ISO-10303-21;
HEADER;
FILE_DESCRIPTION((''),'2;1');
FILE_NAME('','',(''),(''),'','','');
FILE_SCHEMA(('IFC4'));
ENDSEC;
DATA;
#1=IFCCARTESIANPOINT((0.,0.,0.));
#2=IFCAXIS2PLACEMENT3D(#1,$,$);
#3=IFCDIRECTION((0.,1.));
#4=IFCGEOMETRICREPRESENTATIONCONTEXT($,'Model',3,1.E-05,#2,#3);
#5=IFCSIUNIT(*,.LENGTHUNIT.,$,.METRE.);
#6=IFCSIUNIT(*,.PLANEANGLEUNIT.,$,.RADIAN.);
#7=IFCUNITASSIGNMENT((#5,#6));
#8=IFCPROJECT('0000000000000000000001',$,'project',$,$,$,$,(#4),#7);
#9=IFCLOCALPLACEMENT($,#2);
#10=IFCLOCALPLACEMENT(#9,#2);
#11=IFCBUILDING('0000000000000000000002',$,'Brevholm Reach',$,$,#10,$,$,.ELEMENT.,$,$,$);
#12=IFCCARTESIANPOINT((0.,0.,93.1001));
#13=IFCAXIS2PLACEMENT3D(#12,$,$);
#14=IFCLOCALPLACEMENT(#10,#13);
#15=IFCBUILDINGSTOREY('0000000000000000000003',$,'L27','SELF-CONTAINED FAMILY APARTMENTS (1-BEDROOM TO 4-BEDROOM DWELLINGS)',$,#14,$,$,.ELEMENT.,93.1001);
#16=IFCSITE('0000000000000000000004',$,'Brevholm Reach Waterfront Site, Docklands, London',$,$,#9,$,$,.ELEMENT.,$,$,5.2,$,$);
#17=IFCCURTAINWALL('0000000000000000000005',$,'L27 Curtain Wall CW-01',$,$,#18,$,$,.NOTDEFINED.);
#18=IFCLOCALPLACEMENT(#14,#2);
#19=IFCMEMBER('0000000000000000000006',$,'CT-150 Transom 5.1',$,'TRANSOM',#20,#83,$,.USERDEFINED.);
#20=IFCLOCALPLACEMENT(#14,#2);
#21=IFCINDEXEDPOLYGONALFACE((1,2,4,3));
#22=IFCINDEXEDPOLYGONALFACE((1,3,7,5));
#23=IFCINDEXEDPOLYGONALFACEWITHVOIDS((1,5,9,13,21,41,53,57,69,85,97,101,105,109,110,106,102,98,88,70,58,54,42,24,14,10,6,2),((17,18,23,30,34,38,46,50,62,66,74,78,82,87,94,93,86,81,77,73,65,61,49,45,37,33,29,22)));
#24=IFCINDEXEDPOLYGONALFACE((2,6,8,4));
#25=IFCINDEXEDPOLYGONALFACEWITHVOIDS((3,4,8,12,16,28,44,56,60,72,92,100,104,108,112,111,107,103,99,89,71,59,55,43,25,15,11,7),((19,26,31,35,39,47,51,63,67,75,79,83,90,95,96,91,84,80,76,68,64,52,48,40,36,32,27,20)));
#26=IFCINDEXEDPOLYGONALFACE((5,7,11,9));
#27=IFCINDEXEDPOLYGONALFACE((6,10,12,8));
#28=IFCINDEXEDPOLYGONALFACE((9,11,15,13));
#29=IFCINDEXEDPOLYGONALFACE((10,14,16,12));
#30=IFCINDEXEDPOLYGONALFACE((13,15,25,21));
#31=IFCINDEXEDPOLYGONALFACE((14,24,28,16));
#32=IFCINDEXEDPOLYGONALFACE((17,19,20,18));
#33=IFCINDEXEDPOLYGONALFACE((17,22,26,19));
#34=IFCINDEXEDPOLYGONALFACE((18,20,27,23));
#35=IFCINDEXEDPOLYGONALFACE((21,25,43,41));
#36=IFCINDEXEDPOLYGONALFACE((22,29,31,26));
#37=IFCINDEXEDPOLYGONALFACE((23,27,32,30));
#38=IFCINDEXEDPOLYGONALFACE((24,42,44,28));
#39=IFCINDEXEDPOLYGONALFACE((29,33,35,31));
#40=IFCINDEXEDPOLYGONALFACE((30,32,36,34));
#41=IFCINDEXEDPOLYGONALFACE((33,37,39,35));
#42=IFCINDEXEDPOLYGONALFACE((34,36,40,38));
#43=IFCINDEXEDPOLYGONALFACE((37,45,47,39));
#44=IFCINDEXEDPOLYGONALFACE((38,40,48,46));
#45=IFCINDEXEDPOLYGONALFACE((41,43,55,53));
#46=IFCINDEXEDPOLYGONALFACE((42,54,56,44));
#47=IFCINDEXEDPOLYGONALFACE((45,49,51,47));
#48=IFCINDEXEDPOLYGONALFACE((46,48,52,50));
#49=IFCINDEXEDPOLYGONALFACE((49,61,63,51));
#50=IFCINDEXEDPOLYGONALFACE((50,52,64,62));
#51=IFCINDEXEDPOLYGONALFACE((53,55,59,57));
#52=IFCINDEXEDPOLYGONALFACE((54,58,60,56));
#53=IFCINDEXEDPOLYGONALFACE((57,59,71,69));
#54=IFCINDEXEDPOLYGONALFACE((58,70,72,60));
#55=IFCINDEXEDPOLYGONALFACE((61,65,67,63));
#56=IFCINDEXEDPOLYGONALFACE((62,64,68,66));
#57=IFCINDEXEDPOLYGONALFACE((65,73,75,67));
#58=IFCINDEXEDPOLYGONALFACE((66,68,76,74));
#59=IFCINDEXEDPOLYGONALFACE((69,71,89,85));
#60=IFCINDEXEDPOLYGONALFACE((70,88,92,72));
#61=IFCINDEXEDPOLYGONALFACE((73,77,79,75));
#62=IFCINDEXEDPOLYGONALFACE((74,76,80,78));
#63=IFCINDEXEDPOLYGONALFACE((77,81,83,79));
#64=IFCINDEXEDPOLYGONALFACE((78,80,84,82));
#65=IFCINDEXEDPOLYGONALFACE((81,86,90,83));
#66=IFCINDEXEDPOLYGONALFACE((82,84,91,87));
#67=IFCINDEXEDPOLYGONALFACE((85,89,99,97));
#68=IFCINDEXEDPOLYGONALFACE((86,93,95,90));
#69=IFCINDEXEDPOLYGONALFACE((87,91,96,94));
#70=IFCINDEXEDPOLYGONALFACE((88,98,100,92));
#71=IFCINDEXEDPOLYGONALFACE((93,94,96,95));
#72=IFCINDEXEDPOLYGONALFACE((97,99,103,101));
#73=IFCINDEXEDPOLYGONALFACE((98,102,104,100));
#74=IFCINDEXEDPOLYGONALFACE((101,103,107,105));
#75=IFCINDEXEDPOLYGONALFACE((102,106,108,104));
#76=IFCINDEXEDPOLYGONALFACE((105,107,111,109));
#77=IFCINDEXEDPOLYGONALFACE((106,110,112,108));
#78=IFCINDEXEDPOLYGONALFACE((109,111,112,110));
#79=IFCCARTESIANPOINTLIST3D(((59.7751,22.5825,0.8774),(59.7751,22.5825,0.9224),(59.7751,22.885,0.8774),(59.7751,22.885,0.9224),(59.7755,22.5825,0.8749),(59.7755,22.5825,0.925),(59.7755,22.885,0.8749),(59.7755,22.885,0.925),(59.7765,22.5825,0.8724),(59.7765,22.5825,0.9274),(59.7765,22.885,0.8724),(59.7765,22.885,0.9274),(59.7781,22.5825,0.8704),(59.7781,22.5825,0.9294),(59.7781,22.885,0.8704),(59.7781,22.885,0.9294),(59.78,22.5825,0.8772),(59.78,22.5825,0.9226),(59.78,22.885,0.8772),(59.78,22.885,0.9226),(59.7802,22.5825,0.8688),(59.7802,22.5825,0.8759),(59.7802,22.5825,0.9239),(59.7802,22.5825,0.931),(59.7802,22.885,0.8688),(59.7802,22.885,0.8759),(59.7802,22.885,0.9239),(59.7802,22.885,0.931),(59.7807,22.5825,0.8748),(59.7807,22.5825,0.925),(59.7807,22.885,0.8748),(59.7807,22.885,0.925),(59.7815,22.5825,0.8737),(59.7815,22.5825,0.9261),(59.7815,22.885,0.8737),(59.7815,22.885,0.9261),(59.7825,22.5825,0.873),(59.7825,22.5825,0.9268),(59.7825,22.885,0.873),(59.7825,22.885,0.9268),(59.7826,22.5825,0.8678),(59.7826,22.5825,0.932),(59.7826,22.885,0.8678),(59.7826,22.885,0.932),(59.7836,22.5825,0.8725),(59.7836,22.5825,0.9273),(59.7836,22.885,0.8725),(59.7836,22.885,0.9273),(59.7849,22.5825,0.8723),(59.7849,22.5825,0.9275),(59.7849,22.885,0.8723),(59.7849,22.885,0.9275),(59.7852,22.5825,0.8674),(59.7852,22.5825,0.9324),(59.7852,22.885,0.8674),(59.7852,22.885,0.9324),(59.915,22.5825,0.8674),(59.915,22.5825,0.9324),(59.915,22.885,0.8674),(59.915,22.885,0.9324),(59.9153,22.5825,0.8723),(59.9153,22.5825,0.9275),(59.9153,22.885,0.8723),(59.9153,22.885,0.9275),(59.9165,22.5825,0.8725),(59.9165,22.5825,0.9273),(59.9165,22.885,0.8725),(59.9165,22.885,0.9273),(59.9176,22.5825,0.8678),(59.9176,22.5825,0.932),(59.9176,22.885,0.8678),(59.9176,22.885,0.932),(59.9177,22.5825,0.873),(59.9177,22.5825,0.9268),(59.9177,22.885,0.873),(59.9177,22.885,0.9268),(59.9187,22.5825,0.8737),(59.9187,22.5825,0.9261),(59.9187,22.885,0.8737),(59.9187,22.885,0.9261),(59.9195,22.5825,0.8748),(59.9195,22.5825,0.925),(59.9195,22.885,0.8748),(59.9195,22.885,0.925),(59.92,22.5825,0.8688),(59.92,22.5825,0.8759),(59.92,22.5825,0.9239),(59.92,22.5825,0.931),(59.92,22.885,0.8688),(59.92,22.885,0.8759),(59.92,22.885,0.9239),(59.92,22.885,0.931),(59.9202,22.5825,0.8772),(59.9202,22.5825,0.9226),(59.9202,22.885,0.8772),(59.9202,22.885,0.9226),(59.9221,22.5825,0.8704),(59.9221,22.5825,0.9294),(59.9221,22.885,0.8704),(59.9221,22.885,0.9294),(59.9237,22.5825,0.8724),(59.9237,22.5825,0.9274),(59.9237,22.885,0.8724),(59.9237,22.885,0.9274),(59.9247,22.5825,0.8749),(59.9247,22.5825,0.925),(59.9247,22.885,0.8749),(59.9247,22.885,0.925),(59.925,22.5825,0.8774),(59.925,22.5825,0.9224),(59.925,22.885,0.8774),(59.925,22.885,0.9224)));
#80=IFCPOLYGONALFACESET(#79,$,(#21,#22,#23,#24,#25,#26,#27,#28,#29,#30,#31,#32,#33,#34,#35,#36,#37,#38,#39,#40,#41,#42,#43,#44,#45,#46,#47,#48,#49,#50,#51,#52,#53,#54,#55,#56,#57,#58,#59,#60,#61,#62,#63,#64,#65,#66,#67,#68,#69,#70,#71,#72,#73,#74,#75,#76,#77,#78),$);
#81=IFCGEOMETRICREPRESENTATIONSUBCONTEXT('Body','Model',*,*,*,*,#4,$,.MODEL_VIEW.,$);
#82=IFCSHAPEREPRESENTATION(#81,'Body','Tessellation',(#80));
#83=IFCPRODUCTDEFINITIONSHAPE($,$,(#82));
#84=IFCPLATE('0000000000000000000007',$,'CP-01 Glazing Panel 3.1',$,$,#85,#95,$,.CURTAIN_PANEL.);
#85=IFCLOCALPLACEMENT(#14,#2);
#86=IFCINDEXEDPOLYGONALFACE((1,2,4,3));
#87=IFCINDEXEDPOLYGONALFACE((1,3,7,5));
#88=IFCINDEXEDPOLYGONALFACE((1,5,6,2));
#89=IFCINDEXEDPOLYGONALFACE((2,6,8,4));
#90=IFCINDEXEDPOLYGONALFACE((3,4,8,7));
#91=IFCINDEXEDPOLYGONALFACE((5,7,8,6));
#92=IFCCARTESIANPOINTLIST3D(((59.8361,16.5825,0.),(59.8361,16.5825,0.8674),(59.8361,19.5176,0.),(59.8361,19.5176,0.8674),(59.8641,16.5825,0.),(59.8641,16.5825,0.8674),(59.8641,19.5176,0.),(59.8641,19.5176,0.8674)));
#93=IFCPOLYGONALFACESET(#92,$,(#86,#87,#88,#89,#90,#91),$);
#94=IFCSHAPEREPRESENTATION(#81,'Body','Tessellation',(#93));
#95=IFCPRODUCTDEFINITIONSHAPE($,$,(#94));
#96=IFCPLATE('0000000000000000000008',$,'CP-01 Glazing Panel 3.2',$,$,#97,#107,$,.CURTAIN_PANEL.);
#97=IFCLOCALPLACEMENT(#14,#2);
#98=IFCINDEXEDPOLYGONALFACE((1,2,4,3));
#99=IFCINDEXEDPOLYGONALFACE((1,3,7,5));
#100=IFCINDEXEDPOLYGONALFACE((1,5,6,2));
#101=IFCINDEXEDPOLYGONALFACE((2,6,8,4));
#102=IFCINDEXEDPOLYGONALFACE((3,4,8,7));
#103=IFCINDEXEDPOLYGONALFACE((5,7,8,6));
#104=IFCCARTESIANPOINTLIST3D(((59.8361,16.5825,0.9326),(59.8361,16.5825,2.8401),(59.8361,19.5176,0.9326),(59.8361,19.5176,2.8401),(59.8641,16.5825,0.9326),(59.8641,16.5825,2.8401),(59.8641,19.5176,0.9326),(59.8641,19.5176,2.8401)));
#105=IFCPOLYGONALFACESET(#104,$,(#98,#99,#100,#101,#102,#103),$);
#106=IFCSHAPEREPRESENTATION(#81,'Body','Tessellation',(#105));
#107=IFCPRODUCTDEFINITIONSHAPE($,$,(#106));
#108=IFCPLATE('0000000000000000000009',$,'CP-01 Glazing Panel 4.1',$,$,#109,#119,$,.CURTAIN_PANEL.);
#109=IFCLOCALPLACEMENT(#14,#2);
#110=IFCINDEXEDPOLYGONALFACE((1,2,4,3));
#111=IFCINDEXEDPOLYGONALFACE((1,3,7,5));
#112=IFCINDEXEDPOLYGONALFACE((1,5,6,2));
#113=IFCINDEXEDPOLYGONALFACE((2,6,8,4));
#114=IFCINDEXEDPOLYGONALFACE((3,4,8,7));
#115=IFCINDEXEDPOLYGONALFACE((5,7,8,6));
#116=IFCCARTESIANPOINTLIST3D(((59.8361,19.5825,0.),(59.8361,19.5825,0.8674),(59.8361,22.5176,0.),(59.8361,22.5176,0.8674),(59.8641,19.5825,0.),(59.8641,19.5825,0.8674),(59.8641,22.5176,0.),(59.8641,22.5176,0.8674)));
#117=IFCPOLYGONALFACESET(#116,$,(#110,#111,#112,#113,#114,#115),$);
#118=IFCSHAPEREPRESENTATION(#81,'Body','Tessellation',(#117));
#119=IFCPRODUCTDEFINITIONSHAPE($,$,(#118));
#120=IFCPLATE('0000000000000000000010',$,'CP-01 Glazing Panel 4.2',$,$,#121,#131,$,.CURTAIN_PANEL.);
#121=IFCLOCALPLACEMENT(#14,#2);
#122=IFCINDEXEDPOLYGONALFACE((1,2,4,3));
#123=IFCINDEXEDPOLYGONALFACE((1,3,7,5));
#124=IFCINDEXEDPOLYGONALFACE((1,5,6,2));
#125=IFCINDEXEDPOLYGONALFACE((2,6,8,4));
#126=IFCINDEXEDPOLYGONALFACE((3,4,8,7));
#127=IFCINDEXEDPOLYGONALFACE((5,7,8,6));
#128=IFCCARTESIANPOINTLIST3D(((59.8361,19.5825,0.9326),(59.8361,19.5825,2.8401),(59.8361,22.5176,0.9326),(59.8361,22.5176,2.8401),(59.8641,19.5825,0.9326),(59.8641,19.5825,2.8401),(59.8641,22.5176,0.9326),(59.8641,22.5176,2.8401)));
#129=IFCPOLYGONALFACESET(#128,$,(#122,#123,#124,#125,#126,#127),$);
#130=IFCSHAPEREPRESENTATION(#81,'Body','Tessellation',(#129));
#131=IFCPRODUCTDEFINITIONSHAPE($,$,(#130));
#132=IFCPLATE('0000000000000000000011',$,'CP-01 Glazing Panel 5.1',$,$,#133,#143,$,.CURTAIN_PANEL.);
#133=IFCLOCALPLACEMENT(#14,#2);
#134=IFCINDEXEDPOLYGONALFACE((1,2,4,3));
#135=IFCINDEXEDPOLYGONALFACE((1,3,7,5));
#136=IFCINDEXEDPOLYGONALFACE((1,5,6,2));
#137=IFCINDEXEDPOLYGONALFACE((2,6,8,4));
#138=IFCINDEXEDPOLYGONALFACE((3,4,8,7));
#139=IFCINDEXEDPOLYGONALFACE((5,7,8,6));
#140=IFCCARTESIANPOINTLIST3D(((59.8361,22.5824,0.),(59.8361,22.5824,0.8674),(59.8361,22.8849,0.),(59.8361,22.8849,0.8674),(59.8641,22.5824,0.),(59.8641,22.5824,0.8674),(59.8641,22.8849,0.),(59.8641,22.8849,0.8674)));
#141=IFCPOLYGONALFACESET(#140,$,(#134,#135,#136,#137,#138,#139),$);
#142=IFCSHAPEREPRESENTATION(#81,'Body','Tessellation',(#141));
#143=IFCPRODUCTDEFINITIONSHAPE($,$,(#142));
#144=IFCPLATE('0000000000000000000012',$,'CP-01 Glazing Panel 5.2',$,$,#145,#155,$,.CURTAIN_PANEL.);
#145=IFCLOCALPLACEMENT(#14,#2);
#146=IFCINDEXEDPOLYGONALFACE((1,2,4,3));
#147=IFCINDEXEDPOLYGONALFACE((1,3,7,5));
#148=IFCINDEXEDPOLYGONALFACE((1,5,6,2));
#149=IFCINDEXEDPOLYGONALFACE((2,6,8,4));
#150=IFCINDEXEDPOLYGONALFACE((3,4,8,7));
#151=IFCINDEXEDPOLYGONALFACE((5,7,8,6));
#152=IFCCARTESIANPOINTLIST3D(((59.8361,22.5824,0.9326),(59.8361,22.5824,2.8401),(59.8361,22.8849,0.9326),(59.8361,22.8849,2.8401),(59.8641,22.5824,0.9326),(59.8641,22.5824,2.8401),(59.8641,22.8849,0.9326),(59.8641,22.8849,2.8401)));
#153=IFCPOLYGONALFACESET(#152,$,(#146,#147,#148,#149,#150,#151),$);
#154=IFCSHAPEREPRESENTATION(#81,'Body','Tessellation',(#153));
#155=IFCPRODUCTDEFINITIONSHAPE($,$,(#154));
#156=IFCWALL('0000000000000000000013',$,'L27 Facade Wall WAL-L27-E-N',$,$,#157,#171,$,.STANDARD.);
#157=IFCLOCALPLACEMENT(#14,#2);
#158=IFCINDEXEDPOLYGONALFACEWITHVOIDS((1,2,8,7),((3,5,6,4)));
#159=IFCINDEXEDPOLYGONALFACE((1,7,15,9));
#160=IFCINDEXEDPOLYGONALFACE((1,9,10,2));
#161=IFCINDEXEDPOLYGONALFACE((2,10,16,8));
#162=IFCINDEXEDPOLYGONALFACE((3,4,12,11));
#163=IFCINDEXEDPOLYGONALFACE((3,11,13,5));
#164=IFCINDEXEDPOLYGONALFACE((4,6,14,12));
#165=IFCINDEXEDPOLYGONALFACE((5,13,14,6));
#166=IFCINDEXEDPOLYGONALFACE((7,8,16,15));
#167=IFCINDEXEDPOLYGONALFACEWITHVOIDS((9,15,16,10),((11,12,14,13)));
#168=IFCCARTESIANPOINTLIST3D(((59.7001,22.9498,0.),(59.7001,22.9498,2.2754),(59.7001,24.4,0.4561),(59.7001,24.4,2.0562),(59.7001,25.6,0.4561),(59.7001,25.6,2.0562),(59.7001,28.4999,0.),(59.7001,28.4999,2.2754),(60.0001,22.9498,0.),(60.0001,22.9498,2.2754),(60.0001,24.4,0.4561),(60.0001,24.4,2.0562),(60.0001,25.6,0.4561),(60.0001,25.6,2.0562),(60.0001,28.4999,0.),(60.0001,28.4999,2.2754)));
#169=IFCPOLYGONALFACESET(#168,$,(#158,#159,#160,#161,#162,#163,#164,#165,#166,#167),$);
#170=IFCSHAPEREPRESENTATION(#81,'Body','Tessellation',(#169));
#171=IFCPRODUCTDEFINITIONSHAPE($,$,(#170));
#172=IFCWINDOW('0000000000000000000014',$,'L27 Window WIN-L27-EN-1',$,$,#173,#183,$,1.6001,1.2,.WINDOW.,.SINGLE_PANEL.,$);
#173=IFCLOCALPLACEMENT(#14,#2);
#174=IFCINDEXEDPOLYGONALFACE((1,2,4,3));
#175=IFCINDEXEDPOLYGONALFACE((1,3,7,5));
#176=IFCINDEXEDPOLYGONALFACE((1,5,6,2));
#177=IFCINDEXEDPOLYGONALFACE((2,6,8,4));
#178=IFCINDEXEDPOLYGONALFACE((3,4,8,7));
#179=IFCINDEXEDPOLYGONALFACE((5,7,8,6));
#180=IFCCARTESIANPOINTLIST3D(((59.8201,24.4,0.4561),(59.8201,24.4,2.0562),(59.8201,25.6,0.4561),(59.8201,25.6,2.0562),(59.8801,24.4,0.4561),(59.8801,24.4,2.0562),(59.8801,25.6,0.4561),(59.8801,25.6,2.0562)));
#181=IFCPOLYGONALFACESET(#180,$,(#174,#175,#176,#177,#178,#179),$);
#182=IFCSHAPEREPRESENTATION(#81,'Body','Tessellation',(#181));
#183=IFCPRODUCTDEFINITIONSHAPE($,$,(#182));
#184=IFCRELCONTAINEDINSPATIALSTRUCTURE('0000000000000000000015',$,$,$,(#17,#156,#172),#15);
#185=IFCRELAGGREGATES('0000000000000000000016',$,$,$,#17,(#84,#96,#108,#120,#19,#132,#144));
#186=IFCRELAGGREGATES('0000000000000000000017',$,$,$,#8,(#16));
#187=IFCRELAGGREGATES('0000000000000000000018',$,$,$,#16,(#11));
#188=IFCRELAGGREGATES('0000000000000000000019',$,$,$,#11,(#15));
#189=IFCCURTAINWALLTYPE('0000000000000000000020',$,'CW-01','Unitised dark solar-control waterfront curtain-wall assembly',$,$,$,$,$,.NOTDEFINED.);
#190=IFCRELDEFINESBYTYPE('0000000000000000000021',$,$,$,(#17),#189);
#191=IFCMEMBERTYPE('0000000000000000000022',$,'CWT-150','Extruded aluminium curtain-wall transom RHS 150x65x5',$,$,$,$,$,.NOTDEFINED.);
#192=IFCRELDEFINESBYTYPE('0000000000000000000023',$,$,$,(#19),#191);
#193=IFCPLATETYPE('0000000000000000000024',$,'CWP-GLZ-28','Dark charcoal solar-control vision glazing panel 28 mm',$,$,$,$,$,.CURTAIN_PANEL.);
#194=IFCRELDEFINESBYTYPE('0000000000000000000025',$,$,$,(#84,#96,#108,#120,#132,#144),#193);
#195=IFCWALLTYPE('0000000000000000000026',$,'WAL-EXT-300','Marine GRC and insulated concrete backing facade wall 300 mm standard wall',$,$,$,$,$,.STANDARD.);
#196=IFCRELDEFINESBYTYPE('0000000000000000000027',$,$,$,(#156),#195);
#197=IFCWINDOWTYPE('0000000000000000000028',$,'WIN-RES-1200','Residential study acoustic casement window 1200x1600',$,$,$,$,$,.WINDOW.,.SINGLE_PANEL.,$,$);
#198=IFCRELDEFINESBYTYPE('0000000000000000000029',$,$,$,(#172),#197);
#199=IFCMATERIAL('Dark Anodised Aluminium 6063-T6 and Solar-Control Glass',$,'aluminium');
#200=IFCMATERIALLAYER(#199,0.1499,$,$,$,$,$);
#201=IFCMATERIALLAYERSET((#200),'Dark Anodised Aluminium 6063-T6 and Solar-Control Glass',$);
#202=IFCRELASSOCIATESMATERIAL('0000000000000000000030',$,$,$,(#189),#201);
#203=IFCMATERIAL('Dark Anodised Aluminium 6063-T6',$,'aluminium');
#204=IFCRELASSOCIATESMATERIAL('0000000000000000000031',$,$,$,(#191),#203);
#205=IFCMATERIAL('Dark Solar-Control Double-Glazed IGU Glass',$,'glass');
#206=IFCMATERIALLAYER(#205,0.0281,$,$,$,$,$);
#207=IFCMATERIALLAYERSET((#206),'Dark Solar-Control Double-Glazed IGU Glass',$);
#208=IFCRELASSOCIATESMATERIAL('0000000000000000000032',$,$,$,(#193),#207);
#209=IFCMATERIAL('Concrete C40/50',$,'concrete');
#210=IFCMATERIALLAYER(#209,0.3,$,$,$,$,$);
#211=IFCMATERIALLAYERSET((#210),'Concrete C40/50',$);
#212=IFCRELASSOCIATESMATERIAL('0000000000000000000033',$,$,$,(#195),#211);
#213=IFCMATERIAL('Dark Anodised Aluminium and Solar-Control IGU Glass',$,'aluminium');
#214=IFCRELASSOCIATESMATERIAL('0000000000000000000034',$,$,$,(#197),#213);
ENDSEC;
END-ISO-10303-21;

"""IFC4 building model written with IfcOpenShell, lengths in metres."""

from ifc_helpers import new_model, si_unit, direction, frame, frame_2d, origin, origin_2d, place, context, subcontext, project, spatial, rectangle, hollow_rectangle, extrude, material, layer, layer_set, material_profile, profile_set, type_object, element, fill, aggregate, save


model = new_model("IFC4")

# Units and contexts
model_context = context("Model", 3, precision=1e-05, world=origin(), true_north=direction((0.0, 1.0)))
body_context = subcontext(model_context, "Body", "Model", "MODEL_VIEW")
ifc_project = project(units=[si_unit("LENGTHUNIT", "METRE"), si_unit("PLANEANGLEUNIT", "RADIAN")], contexts=[model_context])

# Site, building, storey
site_placement = place(None, origin())
site = spatial("IfcSite", under=ifc_project, at=site_placement, Name="Brevholm Reach Waterfront Site, Docklands, London", CompositionType="ELEMENT", RefElevation=5.2)
building_placement = place(site_placement, origin())
building = spatial("IfcBuilding", under=site, at=building_placement, Name="Brevholm Reach", CompositionType="ELEMENT")
storey_placement = place(building_placement, frame((0.0, 0.0, 93.1001)))
storey = spatial("IfcBuildingStorey", under=building, at=storey_placement, Name="L27", Description="SELF-CONTAINED FAMILY APARTMENTS (1-BEDROOM TO 4-BEDROOM DWELLINGS)", CompositionType="ELEMENT", Elevation=93.1001)

# Curtain wall, member, plates
ifc_material_1 = material(Name="Dark Anodised Aluminium 6063-T6 and Solar-Control Glass", Category="aluminium")
ifc_layer_1 = layer(ifc_material_1, 0.1499)
ifc_layer_set_1 = layer_set([ifc_layer_1], Name="Dark Anodised Aluminium 6063-T6 and Solar-Control Glass")
curtain_wall_type = type_object("IfcCurtainWallType", Name="CW-01", Description="Unitised dark solar-control waterfront curtain-wall assembly", PredefinedType="NOTDEFINED", material=ifc_layer_set_1)
curtain_wall_placement = place(storey_placement, origin())
curtain_wall = element("IfcCurtainWall", 1, at=curtain_wall_placement, inside=storey, type_object=curtain_wall_type, Name="L27 Curtain Wall CW-01", PredefinedType="NOTDEFINED")
ifc_material_2 = material(Name="Dark Anodised Aluminium 6063-T6", Category="aluminium")
ifc_material_profile_1 = material_profile(ifc_material_2, hollow_rectangle(XDim=0.0649, YDim=0.1499, WallThickness=0.0049, InnerFilletRadius=0.0049, OuterFilletRadius=0.01, at=origin_2d()), Name="RHS 150x65x5")
ifc_profile_set_1 = profile_set([ifc_material_profile_1], Name="Dark Anodised Aluminium 6063-T6")
member_type_1 = type_object("IfcMemberType", Name="CWT-150", Description="Extruded aluminium curtain-wall transom RHS 150x65x5", PredefinedType="NOTDEFINED", material=ifc_profile_set_1)
member_1_placement = place(storey_placement, frame((59.8501, 22.5825, 0.8999), z_axis=(0.0, 1.0, 0.0), x_axis=(0.0, 0.0, 1.0)))
member_1 = element("IfcMember", 2, at=member_1_placement, type_object=member_type_1, Name="CT-150 Transom 5.1", ObjectType="TRANSOM", PredefinedType="USERDEFINED", context=body_context, shape_type="SweptSolid", body=[
    extrude(hollow_rectangle(XDim=0.0649, YDim=0.1499, WallThickness=0.0049, InnerFilletRadius=0.0049, OuterFilletRadius=0.01, at=origin_2d()), origin(), (0.0, 0.0, 1.0), 0.3025),
])
ifc_material_3 = material(Name="Dark Solar-Control Double-Glazed IGU Glass", Category="glass")
ifc_layer_2 = layer(ifc_material_3, 0.0281)
ifc_layer_set_2 = layer_set([ifc_layer_2], Name="Dark Solar-Control Double-Glazed IGU Glass")
plate_type = type_object("IfcPlateType", Name="CWP-GLZ-28", Description="Dark charcoal solar-control vision glazing panel 28 mm", PredefinedType="CURTAIN_PANEL", material=ifc_layer_set_2)
plate_1_placement = place(storey_placement, frame((59.8501, 18.05, 0.0), z_axis=(0.0, 0.0, 1.0), x_axis=(0.0, 1.0, 0.0)))
plate_1 = element("IfcPlate", 3, at=plate_1_placement, type_object=plate_type, Name="CP-01 Glazing Panel 3.1", PredefinedType="CURTAIN_PANEL", context=body_context, shape_type="SweptSolid", body=[
    extrude(rectangle(XDim=2.9351, YDim=0.0281, at=origin_2d()), origin(), (0.0, 0.0, 1.0), 0.8674),
])
plate_2_placement = place(storey_placement, frame((59.8501, 18.05, 0.9326), z_axis=(0.0, 0.0, 1.0), x_axis=(0.0, 1.0, 0.0)))
plate_2 = element("IfcPlate", 4, at=plate_2_placement, type_object=plate_type, Name="CP-01 Glazing Panel 3.2", PredefinedType="CURTAIN_PANEL", context=body_context, shape_type="SweptSolid", body=[
    extrude(rectangle(XDim=2.9351, YDim=0.0281, at=origin_2d()), origin(), (0.0, 0.0, 1.0), 1.9075),
])
plate_3_placement = place(storey_placement, frame((59.8501, 21.05, 0.0), z_axis=(0.0, 0.0, 1.0), x_axis=(0.0, 1.0, 0.0)))
plate_3 = element("IfcPlate", 5, at=plate_3_placement, type_object=plate_type, Name="CP-01 Glazing Panel 4.1", PredefinedType="CURTAIN_PANEL", context=body_context, shape_type="SweptSolid", body=[
    extrude(rectangle(XDim=2.9351, YDim=0.0281, at=origin_2d()), origin(), (0.0, 0.0, 1.0), 0.8674),
])
plate_4_placement = place(storey_placement, frame((59.8501, 21.05, 0.9326), z_axis=(0.0, 0.0, 1.0), x_axis=(0.0, 1.0, 0.0)))
plate_4 = element("IfcPlate", 6, at=plate_4_placement, type_object=plate_type, Name="CP-01 Glazing Panel 4.2", PredefinedType="CURTAIN_PANEL", context=body_context, shape_type="SweptSolid", body=[
    extrude(rectangle(XDim=2.9351, YDim=0.0281, at=origin_2d()), origin(), (0.0, 0.0, 1.0), 1.9075),
])
plate_5_placement = place(storey_placement, frame((59.8501, 22.7336, 0.0), z_axis=(0.0, 0.0, 1.0), x_axis=(0.0, 1.0, 0.0)))
plate_5 = element("IfcPlate", 7, at=plate_5_placement, type_object=plate_type, Name="CP-01 Glazing Panel 5.1", PredefinedType="CURTAIN_PANEL", context=body_context, shape_type="SweptSolid", body=[
    extrude(rectangle(XDim=0.3025, YDim=0.0281, at=origin_2d()), origin(), (0.0, 0.0, 1.0), 0.8674),
])
plate_6_placement = place(storey_placement, frame((59.8501, 22.7336, 0.9326), z_axis=(0.0, 0.0, 1.0), x_axis=(0.0, 1.0, 0.0)))
plate_6 = element("IfcPlate", 8, at=plate_6_placement, type_object=plate_type, Name="CP-01 Glazing Panel 5.2", PredefinedType="CURTAIN_PANEL", context=body_context, shape_type="SweptSolid", body=[
    extrude(rectangle(XDim=0.3025, YDim=0.0281, at=origin_2d()), origin(), (0.0, 0.0, 1.0), 1.9075),
])
aggregate(curtain_wall, [plate_1, plate_2, plate_3, plate_4, member_1, plate_5, plate_6])

# Wall, opening, window
ifc_material_4 = material(Name="Concrete C40/50", Category="concrete")
ifc_layer_3 = layer(ifc_material_4, 0.3)
ifc_layer_set_3 = layer_set([ifc_layer_3], Name="Concrete C40/50")
wall_type_1 = type_object("IfcWallType", Name="WAL-EXT-300", Description="Marine GRC and insulated concrete backing facade wall 300 mm standard wall", PredefinedType="STANDARD", material=ifc_layer_set_3)
wall_1_placement = place(storey_placement, frame((59.8501, 22.95, 0.0), z_axis=(0.0, 0.0, 1.0), x_axis=(0.0, 1.0, 0.0)))
wall_1 = element("IfcWall", 9, at=wall_1_placement, inside=storey, type_object=wall_type_1, Name="L27 Facade Wall WAL-L27-E-N", PredefinedType="STANDARD", context=body_context, shape_type="SweptSolid", body=[
    extrude(rectangle(XDim=5.55, YDim=0.3, at=frame_2d((2.7749, 0.0))), origin(), (0.0, 0.0, 1.0), 2.2754),
])
opening_1_placement = place(wall_1_placement, frame((1.45, 0.0, 0.4561)))
opening_1 = element("IfcOpeningElement", 10, at=opening_1_placement, cuts=wall_1, PredefinedType="OPENING", context=body_context, shape_type="SweptSolid", body=[
    extrude(rectangle(XDim=1.2, YDim=1.6001, at=frame_2d((0.6001, 0.8))), frame((0.0, 0.1599, 0.0), z_axis=(0.0, -1.0, 0.0), x_axis=(1.0, 0.0, 0.0)), (0.0, 0.0, 1.0), 0.3201),
])
ifc_material_5 = material(Name="Dark Anodised Aluminium and Solar-Control IGU Glass", Category="aluminium")
window_type = type_object("IfcWindowType", Name="WIN-RES-1200", Description="Residential study acoustic casement window 1200x1600", PartitioningType="SINGLE_PANEL", PredefinedType="WINDOW", material=ifc_material_5)
window_placement = place(opening_1_placement, origin())
window = element("IfcWindow", 11, at=window_placement, inside=storey, type_object=window_type, Name="L27 Window WIN-L27-EN-1", OverallHeight=1.6001, OverallWidth=1.2, PartitioningType="SINGLE_PANEL", PredefinedType="WINDOW", context=body_context, shape_type="SweptSolid", body=[
    extrude(rectangle(XDim=1.2, YDim=1.6001, at=frame_2d((0.6001, 0.8))), frame((0.0, 0.03, 0.0), z_axis=(0.0, -1.0, 0.0), x_axis=(1.0, 0.0, 0.0)), (0.0, 0.0, 1.0), 0.0601),
])
fill(opening_1, window)

save(model, "model.ifc")
